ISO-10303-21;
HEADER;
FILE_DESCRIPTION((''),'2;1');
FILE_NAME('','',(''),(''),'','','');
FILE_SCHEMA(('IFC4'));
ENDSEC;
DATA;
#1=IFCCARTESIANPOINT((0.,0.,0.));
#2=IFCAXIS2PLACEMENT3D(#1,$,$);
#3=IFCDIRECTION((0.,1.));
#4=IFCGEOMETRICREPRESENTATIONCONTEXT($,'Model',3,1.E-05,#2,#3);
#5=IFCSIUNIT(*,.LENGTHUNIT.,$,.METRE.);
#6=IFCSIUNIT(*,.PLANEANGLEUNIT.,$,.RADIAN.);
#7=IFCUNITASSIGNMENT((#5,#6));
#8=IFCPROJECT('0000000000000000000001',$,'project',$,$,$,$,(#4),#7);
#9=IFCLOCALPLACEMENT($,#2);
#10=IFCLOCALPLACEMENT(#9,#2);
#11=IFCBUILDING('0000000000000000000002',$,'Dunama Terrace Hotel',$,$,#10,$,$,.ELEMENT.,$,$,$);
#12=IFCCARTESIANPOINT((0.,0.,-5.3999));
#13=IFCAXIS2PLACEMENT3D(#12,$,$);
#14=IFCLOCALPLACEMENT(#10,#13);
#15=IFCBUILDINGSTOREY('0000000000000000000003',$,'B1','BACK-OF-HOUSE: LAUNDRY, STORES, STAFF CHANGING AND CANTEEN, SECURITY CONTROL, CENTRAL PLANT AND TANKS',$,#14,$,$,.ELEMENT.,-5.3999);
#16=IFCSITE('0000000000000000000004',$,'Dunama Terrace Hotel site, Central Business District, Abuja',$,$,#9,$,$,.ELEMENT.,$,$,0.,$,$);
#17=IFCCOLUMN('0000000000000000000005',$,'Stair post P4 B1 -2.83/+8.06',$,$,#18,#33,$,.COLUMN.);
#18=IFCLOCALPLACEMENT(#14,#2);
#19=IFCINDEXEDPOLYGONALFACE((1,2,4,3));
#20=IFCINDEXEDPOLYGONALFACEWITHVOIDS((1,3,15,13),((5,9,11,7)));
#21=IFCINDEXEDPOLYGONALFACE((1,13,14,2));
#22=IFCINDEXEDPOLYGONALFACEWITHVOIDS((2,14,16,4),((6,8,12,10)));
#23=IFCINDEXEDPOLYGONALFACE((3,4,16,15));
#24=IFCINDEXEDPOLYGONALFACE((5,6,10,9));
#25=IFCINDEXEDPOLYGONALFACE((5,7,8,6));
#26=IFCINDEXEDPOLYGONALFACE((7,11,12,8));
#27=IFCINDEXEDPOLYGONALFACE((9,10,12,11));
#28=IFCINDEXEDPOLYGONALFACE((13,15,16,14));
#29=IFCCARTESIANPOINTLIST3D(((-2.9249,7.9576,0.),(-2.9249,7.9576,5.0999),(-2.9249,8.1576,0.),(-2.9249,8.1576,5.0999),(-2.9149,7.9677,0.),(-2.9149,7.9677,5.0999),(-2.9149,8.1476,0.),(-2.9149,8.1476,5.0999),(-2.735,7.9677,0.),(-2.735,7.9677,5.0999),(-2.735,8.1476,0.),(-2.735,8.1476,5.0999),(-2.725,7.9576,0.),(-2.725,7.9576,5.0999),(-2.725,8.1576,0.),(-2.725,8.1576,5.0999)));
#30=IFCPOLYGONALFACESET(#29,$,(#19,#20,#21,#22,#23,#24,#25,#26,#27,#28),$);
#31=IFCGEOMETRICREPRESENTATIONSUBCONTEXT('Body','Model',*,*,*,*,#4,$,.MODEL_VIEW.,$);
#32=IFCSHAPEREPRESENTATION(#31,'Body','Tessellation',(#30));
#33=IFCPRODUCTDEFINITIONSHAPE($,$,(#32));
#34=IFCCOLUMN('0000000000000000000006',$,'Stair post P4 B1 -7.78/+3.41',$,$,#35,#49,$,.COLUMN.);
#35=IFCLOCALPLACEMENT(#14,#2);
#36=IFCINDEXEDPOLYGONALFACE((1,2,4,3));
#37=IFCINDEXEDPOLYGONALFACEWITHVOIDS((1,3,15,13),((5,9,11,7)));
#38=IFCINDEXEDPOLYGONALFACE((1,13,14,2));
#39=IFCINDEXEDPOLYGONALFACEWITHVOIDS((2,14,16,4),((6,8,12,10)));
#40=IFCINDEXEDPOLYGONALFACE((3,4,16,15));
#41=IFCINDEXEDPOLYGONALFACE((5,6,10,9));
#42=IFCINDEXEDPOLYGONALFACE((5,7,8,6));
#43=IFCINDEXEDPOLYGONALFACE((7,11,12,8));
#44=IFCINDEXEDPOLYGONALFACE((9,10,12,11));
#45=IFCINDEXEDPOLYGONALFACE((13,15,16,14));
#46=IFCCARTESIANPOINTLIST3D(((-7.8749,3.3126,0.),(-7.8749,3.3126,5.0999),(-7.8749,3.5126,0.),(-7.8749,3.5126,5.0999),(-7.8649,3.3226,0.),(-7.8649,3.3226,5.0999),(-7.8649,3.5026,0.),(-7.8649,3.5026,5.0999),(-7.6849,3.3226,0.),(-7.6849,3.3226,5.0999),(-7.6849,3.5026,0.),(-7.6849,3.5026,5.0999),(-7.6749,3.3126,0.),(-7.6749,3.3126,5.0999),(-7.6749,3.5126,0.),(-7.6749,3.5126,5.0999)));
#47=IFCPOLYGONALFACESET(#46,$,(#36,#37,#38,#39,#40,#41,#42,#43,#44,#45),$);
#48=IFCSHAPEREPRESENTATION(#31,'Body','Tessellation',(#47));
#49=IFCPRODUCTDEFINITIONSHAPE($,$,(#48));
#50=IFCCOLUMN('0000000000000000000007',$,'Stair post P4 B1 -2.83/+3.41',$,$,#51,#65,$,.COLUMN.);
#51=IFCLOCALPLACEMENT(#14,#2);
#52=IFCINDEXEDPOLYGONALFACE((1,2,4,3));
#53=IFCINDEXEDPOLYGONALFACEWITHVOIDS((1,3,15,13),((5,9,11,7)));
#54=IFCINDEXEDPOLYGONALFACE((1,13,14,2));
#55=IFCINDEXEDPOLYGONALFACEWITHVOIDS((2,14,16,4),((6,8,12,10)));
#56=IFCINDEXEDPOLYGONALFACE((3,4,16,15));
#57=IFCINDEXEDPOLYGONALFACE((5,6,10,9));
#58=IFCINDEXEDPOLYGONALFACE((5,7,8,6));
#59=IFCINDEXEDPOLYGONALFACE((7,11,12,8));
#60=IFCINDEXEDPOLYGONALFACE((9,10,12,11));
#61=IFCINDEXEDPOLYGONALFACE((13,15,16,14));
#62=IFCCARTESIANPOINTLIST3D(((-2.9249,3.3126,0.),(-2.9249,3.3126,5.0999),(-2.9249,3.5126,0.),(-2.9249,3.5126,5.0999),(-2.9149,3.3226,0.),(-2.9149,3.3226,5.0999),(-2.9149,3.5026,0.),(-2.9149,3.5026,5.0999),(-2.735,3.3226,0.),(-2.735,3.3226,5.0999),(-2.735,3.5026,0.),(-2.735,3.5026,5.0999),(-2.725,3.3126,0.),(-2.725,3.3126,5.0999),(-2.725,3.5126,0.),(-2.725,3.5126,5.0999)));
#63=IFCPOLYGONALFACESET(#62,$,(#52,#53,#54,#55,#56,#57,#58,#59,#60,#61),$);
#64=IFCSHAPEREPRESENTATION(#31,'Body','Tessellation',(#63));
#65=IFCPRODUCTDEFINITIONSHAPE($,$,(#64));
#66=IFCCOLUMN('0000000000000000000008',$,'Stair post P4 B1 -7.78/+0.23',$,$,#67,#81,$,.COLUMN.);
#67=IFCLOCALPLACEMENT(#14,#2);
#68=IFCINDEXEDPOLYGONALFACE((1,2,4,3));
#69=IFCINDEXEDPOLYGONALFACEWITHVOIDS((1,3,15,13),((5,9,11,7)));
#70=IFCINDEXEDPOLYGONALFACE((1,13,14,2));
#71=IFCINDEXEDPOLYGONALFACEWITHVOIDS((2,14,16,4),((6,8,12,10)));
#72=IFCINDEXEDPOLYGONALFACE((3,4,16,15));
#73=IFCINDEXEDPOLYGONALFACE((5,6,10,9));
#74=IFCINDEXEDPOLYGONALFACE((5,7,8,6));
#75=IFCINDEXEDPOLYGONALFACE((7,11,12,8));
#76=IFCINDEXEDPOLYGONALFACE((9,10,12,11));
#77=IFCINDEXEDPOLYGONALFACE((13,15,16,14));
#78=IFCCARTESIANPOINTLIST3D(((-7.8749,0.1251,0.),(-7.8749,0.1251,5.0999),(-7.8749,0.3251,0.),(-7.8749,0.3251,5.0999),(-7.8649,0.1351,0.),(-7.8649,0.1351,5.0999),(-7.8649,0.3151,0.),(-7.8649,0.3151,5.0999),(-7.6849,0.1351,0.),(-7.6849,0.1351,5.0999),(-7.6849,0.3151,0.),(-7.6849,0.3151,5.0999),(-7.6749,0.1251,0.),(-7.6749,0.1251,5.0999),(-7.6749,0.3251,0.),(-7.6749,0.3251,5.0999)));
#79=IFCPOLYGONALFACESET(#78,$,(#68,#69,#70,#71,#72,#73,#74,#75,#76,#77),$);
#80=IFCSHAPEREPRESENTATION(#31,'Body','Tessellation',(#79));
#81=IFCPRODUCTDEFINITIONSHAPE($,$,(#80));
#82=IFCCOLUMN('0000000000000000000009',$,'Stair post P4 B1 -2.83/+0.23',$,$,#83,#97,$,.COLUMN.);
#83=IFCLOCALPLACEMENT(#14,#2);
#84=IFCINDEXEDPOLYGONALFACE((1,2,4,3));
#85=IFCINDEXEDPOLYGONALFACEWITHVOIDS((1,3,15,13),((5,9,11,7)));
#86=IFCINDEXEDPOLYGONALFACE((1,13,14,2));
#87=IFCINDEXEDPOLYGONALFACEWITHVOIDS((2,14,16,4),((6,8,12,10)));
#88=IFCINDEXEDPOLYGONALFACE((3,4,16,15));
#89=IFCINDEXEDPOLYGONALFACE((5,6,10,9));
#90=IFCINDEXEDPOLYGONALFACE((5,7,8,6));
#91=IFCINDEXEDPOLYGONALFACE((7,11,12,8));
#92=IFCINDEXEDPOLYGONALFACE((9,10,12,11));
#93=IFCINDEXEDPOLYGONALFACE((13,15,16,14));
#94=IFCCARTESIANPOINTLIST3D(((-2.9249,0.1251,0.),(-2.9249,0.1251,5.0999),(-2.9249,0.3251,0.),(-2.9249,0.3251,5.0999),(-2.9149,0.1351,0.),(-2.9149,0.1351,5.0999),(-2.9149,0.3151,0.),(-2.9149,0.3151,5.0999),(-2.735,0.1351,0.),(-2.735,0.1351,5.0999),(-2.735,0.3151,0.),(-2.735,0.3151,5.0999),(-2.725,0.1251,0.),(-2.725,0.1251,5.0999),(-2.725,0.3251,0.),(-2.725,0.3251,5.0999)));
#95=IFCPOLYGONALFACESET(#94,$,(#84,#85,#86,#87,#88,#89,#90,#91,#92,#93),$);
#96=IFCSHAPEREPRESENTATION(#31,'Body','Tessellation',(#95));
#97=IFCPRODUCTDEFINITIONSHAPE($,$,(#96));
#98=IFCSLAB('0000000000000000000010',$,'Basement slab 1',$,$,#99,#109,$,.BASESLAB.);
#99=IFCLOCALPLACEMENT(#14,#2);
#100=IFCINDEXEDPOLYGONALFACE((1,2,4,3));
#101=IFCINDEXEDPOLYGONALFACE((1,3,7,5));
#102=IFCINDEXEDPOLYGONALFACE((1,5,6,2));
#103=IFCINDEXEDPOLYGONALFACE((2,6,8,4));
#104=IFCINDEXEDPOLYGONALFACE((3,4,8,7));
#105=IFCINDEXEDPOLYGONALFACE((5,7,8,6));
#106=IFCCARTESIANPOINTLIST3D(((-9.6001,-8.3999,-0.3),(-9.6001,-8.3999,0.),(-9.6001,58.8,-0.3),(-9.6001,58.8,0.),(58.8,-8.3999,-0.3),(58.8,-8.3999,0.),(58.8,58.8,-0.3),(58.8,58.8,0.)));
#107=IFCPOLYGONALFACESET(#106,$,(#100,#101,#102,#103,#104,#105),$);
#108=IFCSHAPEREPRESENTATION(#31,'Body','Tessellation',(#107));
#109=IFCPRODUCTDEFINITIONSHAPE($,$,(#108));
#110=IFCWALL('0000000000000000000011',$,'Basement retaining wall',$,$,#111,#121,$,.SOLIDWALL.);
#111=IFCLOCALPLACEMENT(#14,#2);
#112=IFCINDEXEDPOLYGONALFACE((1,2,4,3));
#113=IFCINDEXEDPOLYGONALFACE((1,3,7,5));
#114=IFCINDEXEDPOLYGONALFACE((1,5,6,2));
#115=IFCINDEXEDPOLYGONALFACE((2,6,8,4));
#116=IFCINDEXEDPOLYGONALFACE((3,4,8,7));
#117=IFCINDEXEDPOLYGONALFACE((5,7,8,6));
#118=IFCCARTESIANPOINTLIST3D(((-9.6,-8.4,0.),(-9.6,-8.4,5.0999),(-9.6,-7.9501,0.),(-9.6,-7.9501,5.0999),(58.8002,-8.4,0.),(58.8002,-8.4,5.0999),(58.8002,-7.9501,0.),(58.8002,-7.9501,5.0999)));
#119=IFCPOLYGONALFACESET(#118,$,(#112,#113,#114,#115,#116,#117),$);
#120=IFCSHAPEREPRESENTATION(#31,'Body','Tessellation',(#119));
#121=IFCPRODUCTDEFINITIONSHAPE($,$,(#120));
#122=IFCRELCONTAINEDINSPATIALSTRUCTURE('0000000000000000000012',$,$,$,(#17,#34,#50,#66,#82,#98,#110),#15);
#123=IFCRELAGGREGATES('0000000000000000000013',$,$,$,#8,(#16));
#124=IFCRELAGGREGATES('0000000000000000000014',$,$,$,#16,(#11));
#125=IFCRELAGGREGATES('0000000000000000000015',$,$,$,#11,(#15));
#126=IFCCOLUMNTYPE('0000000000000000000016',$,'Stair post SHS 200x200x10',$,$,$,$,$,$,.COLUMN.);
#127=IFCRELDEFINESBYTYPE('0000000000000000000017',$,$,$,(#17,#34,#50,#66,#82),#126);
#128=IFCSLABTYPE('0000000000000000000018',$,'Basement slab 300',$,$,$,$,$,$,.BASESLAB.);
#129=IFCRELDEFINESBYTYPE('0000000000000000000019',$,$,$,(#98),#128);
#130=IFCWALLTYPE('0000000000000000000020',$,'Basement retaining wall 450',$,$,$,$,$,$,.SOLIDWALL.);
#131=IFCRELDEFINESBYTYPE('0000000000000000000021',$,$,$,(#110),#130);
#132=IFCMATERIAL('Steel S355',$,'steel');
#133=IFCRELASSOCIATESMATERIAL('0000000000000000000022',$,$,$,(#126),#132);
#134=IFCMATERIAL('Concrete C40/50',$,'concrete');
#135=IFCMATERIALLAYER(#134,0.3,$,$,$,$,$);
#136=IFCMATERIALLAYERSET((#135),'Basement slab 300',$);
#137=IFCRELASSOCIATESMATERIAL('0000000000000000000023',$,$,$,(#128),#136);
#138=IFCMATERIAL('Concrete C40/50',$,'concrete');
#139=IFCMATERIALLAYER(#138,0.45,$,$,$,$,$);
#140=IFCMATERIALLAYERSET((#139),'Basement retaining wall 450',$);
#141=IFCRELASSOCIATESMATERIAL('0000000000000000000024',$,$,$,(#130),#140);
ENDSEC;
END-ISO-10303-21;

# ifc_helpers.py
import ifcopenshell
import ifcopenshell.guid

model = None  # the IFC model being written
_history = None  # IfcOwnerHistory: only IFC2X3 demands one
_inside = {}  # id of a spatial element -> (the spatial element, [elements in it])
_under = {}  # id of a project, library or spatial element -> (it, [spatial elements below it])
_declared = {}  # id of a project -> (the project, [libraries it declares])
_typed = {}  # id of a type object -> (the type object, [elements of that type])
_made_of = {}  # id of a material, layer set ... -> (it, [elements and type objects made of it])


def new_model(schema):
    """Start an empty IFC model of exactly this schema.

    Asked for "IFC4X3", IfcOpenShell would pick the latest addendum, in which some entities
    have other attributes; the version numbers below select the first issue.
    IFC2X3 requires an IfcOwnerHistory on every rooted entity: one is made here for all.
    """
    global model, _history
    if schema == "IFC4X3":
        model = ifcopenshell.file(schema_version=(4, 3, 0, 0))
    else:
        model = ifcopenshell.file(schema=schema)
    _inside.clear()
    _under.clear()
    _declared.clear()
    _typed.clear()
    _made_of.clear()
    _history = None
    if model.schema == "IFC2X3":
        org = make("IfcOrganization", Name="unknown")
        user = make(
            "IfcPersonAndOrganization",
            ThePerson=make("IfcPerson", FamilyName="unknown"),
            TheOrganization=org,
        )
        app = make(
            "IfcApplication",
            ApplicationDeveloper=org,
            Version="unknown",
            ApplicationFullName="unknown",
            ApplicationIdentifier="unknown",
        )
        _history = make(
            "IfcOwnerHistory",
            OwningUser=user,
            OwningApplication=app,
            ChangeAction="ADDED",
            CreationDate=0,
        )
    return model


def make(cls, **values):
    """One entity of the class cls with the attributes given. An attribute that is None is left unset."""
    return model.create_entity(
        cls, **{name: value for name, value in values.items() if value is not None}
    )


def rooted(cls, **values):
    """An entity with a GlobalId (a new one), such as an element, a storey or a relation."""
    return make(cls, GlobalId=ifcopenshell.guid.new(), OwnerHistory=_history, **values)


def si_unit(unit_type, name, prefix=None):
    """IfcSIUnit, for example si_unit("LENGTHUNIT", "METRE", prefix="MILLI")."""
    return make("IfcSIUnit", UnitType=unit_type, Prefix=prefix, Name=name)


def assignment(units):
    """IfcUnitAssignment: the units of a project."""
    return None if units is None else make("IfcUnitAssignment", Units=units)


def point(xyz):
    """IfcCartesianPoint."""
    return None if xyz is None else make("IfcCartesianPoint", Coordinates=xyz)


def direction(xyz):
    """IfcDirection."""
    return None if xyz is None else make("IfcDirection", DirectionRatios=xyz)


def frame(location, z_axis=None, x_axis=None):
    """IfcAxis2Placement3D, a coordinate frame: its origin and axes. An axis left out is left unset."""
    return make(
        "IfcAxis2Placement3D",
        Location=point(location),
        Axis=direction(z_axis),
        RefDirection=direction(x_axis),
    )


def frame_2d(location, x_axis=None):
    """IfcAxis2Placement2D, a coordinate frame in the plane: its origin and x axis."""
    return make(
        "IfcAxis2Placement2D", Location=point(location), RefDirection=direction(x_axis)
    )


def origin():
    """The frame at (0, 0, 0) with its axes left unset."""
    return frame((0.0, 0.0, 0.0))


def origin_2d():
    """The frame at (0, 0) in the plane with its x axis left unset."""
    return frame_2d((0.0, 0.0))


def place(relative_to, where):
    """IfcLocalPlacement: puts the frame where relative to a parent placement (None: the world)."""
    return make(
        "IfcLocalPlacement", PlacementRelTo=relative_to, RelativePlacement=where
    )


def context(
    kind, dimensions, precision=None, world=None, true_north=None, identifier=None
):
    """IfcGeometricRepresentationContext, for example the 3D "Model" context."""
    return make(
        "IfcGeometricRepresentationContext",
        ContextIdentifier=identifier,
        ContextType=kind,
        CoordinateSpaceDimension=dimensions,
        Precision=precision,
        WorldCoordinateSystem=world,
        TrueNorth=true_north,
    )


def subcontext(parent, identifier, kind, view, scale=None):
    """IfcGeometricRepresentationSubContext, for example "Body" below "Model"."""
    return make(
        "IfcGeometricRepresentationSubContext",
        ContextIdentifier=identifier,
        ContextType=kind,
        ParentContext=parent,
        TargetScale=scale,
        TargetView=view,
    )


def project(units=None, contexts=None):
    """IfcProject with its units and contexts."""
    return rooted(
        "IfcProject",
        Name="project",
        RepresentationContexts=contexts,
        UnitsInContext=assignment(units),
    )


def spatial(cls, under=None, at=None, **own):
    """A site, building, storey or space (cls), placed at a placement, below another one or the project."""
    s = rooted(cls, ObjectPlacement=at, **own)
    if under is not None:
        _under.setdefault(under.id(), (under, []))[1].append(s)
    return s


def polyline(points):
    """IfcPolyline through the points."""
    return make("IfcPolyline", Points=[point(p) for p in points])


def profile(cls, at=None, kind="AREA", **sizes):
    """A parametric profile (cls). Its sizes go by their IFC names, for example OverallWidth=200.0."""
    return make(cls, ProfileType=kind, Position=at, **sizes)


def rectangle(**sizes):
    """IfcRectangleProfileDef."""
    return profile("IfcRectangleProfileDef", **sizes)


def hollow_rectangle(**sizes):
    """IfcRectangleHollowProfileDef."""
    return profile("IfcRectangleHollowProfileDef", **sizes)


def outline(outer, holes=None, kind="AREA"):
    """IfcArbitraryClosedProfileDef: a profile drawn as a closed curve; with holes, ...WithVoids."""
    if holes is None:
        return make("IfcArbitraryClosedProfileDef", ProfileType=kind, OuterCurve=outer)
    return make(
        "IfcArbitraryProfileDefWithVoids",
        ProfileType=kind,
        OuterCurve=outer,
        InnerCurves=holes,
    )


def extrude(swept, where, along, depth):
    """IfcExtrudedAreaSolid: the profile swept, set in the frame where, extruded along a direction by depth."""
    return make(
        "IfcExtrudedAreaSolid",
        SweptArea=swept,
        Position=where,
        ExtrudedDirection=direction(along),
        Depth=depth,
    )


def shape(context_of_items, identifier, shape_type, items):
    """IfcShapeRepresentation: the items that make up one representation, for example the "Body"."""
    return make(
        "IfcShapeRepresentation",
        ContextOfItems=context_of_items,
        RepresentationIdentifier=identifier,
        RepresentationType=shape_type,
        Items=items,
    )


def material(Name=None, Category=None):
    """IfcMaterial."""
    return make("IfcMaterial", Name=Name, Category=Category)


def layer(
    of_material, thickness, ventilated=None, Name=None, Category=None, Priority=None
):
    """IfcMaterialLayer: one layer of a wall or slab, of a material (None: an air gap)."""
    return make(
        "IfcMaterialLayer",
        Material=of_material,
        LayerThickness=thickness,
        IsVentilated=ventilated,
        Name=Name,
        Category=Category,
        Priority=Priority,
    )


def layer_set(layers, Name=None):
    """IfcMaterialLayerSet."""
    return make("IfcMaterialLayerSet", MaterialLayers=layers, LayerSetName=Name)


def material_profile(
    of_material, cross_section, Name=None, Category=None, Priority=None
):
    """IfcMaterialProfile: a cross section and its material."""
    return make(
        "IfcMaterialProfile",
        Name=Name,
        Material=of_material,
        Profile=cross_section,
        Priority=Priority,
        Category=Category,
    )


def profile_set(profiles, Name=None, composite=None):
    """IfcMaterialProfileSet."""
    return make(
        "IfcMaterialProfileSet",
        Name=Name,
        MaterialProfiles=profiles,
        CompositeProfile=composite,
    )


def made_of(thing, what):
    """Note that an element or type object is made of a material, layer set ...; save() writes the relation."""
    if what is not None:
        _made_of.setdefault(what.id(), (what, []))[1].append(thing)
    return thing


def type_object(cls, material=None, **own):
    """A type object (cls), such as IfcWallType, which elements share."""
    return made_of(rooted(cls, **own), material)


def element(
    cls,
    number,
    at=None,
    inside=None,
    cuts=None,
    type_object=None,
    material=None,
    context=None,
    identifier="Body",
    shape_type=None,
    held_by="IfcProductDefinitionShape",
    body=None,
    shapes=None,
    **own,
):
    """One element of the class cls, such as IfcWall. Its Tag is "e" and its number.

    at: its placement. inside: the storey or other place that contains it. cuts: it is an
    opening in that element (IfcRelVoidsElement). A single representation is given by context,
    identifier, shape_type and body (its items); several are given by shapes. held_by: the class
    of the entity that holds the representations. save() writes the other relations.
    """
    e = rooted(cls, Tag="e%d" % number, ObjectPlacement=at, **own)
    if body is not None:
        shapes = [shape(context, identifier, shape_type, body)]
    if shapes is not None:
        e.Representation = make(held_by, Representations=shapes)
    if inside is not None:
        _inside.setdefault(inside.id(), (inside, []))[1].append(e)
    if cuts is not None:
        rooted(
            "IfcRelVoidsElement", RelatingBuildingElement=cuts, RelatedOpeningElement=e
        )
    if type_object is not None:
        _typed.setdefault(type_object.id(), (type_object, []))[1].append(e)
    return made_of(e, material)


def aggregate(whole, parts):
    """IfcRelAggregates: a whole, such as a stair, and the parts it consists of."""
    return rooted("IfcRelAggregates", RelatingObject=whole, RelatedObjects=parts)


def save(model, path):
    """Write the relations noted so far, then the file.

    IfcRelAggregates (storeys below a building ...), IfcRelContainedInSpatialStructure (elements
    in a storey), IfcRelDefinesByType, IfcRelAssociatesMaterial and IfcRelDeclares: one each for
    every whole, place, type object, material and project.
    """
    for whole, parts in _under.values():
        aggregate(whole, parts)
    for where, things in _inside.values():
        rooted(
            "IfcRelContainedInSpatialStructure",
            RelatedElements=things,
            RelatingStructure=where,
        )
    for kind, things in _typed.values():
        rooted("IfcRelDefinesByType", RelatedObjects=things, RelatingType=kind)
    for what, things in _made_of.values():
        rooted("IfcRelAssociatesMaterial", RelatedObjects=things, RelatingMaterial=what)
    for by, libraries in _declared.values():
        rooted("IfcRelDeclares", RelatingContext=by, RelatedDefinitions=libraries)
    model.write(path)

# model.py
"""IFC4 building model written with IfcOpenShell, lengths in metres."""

from ifc_helpers import new_model, si_unit, direction, frame, frame_2d, origin, origin_2d, place, context, subcontext, project, spatial, polyline, rectangle, hollow_rectangle, outline, extrude, material, layer, layer_set, material_profile, profile_set, type_object, element, save


model = new_model("IFC4")

# Units and contexts
model_context = context("Model", 3, precision=1e-05, world=origin(), true_north=direction((0.0, 1.0)))
body_context = subcontext(model_context, "Body", "Model", "MODEL_VIEW")
ifc_project = project(units=[si_unit("LENGTHUNIT", "METRE"), si_unit("PLANEANGLEUNIT", "RADIAN")], contexts=[model_context])

# Site, building, storey
site_placement = place(None, origin())
site = spatial("IfcSite", under=ifc_project, at=site_placement, Name="Dunama Terrace Hotel site, Central Business District, Abuja", CompositionType="ELEMENT", RefElevation=0.0)
building_placement = place(site_placement, origin())
building = spatial("IfcBuilding", under=site, at=building_placement, Name="Dunama Terrace Hotel", CompositionType="ELEMENT")
storey_placement = place(building_placement, frame((0.0, 0.0, -5.3999)))
storey = spatial("IfcBuildingStorey", under=building, at=storey_placement, Name="B1", Description="BACK-OF-HOUSE: LAUNDRY, STORES, STAFF CHANGING AND CANTEEN, SECURITY CONTROL, CENTRAL PLANT AND TANKS", CompositionType="ELEMENT", Elevation=-5.3999)

# Columns
ifc_material_1 = material(Name="Steel S355", Category="steel")
ifc_material_profile_1 = material_profile(ifc_material_1, hollow_rectangle(XDim=0.2, YDim=0.2, WallThickness=0.01, at=origin_2d()), Name="SHS 200x200x10")
ifc_profile_set_1 = profile_set([ifc_material_profile_1], Name="Steel S355")
column_type_1 = type_object("IfcColumnType", Name="Stair post SHS 200x200x10", PredefinedType="COLUMN", material=ifc_profile_set_1)
for number, where, z_axis, x_axis, name in (
    (1, (-2.825, 8.0576, 0.0), (0.0, 0.0, 1.0), (1.0, 0.0, 0.0), "Stair post P4 B1 -2.83/+8.06"),
    (2, (-7.7749, 3.4126, 0.0), (0.0, 0.0, 1.0), (1.0, 0.0, 0.0), "Stair post P4 B1 -7.78/+3.41"),
    (3, (-2.825, 3.4126, 0.0), (0.0, 0.0, 1.0), (1.0, 0.0, 0.0), "Stair post P4 B1 -2.83/+3.41"),
    (4, (-7.7749, 0.2251, 0.0), (0.0, 0.0, 1.0), (1.0, 0.0, 0.0), "Stair post P4 B1 -7.78/+0.23"),
    (5, (-2.825, 0.2251, 0.0), (0.0, 0.0, 1.0), (1.0, 0.0, 0.0), "Stair post P4 B1 -2.83/+0.23"),
):
    element("IfcColumn", number, at=place(storey_placement, frame(where, z_axis=z_axis, x_axis=x_axis)), inside=storey, type_object=column_type_1, Name=name, PredefinedType="COLUMN", context=body_context, shape_type="SweptSolid", body=[
        extrude(hollow_rectangle(XDim=0.2, YDim=0.2, WallThickness=0.01, at=origin_2d()), origin(), (0.0, 0.0, 1.0), 5.0999),
    ])

# Slab
ifc_material_2 = material(Name="Concrete C40/50", Category="concrete")
ifc_layer_1 = layer(ifc_material_2, 0.3)
ifc_layer_set_1 = layer_set([ifc_layer_1], Name="Basement slab 300")
slab_type = type_object("IfcSlabType", Name="Basement slab 300", PredefinedType="BASESLAB", material=ifc_layer_set_1)
slab_placement = place(storey_placement, frame((0.0, 0.0, -0.3)))
element("IfcSlab", 6, at=slab_placement, inside=storey, type_object=slab_type, Name="Basement slab 1", PredefinedType="BASESLAB", context=body_context, shape_type="SweptSolid", body=[
    extrude(outline(polyline([(-9.6001, -8.3999), (58.8, -8.3999), (58.8, 58.8), (-9.6001, 58.8), (-9.6001, -8.3999)])), origin(), (0.0, 0.0, 1.0), 0.3),
])

# Wall
ifc_material_3 = material(Name="Concrete C40/50", Category="concrete")
ifc_layer_2 = layer(ifc_material_3, 0.45)
ifc_layer_set_2 = layer_set([ifc_layer_2], Name="Basement retaining wall 450")
wall_type_1 = type_object("IfcWallType", Name="Basement retaining wall 450", PredefinedType="SOLIDWALL", material=ifc_layer_set_2)
wall_1_placement = place(storey_placement, frame((-9.6001, -8.175, 0.0), z_axis=(0.0, 0.0, 1.0), x_axis=(1.0, 0.0, 0.0)))
element("IfcWall", 7, at=wall_1_placement, inside=storey, type_object=wall_type_1, Name="Basement retaining wall", PredefinedType="SOLIDWALL", context=body_context, shape_type="SweptSolid", body=[
    extrude(rectangle(XDim=68.4001, YDim=0.45, at=frame_2d((34.2002, 0.0))), origin(), (0.0, 0.0, 1.0), 5.0999),
])

save(model, "model.ifc")
